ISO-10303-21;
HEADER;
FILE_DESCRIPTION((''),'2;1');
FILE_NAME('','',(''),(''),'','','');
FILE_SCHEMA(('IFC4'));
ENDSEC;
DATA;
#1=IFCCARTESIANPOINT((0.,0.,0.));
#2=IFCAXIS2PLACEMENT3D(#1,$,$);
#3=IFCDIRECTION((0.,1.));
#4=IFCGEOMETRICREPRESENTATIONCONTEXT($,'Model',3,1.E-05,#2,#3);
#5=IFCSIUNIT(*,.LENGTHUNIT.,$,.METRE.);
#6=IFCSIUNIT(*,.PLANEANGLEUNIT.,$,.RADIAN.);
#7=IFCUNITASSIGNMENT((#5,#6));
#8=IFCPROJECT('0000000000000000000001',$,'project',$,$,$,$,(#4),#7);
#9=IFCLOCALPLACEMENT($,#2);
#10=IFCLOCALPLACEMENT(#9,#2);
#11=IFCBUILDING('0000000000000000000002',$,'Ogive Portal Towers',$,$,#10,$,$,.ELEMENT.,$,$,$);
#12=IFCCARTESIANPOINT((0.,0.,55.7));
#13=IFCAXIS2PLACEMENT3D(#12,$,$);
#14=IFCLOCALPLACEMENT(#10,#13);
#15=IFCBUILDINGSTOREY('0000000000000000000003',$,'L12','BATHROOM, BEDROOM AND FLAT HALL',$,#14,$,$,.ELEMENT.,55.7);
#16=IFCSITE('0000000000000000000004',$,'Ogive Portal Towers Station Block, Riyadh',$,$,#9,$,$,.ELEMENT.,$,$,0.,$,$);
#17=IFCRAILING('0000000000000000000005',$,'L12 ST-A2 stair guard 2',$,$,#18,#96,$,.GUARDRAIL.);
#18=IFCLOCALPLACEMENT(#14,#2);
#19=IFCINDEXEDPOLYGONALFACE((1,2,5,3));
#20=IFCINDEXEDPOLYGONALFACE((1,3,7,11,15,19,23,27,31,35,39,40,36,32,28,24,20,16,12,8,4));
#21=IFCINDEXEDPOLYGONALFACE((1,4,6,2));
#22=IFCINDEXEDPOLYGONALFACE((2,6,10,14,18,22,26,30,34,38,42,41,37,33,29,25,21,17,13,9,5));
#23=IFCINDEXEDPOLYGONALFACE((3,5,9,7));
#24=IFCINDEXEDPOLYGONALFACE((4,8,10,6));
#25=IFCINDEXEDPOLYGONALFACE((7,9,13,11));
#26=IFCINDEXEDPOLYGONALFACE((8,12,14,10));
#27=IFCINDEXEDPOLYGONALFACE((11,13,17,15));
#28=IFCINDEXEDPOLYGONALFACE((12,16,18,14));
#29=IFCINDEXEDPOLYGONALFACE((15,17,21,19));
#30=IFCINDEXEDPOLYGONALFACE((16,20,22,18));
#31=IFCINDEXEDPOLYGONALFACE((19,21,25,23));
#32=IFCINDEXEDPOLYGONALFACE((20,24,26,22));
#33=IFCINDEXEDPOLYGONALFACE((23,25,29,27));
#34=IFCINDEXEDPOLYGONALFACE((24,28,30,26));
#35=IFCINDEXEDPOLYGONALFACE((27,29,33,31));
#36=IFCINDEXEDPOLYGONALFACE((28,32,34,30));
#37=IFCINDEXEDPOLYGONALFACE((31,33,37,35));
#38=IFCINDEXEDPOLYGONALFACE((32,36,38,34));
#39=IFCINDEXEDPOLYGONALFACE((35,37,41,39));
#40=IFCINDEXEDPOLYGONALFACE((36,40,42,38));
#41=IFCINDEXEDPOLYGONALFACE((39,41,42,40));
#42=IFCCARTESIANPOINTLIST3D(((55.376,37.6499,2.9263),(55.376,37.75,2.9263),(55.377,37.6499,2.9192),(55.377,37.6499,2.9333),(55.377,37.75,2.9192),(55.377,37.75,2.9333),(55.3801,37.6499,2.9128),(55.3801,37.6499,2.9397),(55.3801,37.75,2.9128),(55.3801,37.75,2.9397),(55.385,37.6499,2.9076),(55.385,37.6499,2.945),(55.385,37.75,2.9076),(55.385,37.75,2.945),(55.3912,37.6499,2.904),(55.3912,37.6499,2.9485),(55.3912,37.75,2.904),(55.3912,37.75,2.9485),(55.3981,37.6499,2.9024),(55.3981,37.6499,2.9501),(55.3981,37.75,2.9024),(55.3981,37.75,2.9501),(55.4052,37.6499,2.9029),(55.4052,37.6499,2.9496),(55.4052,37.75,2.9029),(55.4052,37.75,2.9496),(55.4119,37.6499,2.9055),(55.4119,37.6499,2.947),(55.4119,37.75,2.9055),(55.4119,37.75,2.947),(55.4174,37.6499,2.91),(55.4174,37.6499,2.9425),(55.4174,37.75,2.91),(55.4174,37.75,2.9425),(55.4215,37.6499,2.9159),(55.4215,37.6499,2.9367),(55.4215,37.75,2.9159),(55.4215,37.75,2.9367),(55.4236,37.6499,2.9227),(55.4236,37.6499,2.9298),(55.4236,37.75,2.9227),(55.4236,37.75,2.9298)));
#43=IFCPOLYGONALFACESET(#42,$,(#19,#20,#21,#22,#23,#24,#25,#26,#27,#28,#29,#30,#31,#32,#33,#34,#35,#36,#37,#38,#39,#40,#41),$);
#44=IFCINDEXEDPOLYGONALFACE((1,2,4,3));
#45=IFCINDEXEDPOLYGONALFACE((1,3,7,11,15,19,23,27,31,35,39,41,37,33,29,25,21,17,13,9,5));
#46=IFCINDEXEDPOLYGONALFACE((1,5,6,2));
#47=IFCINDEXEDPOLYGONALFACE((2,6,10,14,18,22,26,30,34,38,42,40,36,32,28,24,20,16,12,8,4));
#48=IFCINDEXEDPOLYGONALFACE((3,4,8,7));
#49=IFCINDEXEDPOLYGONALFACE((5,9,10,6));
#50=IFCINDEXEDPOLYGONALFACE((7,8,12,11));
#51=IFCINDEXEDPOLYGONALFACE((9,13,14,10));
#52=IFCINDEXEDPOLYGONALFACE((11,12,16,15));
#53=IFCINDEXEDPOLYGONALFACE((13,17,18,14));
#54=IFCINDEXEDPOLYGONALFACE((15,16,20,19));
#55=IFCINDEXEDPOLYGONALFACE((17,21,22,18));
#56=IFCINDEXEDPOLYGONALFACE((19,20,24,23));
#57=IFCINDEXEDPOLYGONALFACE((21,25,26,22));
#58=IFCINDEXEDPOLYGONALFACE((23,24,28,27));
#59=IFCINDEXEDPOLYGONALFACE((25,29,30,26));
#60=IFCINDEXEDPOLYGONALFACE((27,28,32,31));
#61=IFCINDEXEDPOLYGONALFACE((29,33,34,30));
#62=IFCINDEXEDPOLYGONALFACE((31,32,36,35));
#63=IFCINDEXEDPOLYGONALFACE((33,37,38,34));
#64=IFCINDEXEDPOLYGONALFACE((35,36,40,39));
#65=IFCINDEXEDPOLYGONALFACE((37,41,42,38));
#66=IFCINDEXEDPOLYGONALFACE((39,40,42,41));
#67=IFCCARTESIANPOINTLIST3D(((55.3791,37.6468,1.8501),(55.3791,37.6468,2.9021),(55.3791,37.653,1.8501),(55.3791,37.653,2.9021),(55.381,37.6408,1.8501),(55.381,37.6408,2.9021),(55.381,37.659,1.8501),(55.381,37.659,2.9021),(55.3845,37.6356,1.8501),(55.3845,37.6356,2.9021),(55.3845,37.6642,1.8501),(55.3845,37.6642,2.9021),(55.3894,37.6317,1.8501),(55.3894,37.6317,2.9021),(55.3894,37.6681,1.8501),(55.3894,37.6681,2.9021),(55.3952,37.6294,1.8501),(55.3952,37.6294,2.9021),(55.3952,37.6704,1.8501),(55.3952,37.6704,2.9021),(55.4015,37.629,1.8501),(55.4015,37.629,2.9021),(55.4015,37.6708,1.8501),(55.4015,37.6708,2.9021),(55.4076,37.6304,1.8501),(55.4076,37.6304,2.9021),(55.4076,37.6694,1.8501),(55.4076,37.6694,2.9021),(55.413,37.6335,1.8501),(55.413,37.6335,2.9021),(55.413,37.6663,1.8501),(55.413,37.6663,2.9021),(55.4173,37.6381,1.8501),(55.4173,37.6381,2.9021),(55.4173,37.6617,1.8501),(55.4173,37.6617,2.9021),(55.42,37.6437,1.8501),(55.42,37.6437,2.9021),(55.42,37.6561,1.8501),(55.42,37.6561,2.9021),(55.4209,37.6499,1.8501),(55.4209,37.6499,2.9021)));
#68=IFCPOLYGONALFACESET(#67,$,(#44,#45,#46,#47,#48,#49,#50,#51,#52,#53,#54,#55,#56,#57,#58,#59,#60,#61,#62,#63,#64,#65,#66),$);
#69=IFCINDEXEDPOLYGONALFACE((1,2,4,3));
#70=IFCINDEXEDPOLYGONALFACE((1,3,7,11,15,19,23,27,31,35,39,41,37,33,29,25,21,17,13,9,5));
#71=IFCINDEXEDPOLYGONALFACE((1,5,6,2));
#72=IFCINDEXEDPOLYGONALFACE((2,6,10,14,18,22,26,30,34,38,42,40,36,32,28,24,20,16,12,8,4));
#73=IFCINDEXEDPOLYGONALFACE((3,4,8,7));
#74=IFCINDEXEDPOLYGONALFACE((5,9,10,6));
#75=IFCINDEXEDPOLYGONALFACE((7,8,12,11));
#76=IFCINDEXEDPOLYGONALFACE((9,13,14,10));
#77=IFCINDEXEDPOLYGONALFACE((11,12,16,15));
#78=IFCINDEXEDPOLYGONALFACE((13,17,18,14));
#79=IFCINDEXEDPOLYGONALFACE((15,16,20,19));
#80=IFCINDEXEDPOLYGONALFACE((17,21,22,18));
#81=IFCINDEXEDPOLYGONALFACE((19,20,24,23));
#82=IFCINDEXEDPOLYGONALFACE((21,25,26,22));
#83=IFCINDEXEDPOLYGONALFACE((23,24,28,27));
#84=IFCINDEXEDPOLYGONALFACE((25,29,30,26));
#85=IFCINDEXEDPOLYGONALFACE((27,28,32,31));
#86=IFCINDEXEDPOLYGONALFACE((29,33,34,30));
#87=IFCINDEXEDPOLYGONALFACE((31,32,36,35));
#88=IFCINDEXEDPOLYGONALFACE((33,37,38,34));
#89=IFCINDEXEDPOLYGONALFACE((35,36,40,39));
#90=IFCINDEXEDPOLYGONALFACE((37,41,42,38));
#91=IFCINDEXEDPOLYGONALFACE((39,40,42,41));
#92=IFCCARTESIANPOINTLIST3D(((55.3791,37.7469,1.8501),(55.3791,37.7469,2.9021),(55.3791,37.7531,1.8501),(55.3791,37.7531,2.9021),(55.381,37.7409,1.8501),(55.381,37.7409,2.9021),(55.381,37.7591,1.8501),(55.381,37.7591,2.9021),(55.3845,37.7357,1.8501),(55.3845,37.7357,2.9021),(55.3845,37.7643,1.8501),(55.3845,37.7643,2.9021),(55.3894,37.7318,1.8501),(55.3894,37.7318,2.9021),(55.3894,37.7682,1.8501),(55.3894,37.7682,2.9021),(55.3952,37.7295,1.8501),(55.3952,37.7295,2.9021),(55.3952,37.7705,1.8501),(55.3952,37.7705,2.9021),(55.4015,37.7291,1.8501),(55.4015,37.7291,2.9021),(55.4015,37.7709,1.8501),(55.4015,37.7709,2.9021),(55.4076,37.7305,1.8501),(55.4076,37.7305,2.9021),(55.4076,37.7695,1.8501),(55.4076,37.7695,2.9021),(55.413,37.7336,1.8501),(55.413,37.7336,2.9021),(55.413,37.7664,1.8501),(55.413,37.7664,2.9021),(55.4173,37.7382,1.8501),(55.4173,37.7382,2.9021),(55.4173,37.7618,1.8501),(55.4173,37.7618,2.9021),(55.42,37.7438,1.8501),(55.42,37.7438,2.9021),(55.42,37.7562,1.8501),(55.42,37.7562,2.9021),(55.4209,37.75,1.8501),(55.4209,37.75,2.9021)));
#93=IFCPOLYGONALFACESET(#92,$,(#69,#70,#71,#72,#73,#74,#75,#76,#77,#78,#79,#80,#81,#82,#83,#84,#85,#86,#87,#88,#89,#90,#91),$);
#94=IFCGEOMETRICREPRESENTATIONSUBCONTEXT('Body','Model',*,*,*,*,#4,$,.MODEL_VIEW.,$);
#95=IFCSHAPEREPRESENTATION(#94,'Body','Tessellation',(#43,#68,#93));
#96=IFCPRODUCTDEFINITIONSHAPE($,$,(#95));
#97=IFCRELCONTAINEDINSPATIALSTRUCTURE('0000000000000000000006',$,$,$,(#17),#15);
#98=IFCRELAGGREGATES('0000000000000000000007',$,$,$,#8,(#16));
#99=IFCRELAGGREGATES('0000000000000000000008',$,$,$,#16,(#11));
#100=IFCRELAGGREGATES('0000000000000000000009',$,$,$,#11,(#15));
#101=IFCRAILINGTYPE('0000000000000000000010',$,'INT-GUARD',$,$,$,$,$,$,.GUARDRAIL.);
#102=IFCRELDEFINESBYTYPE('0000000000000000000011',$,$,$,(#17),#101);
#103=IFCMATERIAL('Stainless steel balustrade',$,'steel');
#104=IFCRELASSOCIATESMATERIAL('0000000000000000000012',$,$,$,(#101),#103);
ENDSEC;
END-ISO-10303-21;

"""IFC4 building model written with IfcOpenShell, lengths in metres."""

from ifc_helpers import new_model, si_unit, direction, frame, origin, origin_2d, place, context, subcontext, project, spatial, circle, extrude, material, type_object, element, save


model = new_model("IFC4")

# Units and contexts
model_context = context("Model", 3, precision=1e-05, world=origin(), true_north=direction((0.0, 1.0)))
body_context = subcontext(model_context, "Body", "Model", "MODEL_VIEW")
ifc_project = project(units=[si_unit("LENGTHUNIT", "METRE"), si_unit("PLANEANGLEUNIT", "RADIAN")], contexts=[model_context])

# Site, building, storey
site_placement = place(None, origin())
site = spatial("IfcSite", under=ifc_project, at=site_placement, Name="Ogive Portal Towers Station Block, Riyadh", CompositionType="ELEMENT", RefElevation=0.0)
building_placement = place(site_placement, origin())
building = spatial("IfcBuilding", under=site, at=building_placement, Name="Ogive Portal Towers", CompositionType="ELEMENT")
storey_placement = place(building_placement, frame((0.0, 0.0, 55.7)))
storey = spatial("IfcBuildingStorey", under=building, at=storey_placement, Name="L12", Description="BATHROOM, BEDROOM AND FLAT HALL", CompositionType="ELEMENT", Elevation=55.7)

# Railing
ifc_material_1 = material(Name="Stainless steel balustrade", Category="steel")
railing_type_1 = type_object("IfcRailingType", Name="INT-GUARD", PredefinedType="GUARDRAIL", material=ifc_material_1)
railing_1_placement = place(storey_placement, frame((55.3999, 37.6499, 1.8501)))
element("IfcRailing", 1, at=railing_1_placement, inside=storey, type_object=railing_type_1, Name="L12 ST-A2 stair guard 2", PredefinedType="GUARDRAIL", context=body_context, shape_type="SweptSolid", body=[
    extrude(circle(Radius=0.0239, at=origin_2d()), frame((0.0, 0.0, 1.0762), z_axis=(0.0, 1.0, 0.0), x_axis=(-1.0, 0.0, 0.0)), (0.0, 0.0, 1.0), 0.1001),
    extrude(circle(Radius=0.021, at=origin_2d()), origin(), (0.0, 0.0, 1.0), 1.052),
    extrude(circle(Radius=0.021, at=origin_2d()), frame((0.0, 0.1001, 0.0)), (0.0, 0.0, 1.0), 1.052),
])

save(model, "model.ifc")
